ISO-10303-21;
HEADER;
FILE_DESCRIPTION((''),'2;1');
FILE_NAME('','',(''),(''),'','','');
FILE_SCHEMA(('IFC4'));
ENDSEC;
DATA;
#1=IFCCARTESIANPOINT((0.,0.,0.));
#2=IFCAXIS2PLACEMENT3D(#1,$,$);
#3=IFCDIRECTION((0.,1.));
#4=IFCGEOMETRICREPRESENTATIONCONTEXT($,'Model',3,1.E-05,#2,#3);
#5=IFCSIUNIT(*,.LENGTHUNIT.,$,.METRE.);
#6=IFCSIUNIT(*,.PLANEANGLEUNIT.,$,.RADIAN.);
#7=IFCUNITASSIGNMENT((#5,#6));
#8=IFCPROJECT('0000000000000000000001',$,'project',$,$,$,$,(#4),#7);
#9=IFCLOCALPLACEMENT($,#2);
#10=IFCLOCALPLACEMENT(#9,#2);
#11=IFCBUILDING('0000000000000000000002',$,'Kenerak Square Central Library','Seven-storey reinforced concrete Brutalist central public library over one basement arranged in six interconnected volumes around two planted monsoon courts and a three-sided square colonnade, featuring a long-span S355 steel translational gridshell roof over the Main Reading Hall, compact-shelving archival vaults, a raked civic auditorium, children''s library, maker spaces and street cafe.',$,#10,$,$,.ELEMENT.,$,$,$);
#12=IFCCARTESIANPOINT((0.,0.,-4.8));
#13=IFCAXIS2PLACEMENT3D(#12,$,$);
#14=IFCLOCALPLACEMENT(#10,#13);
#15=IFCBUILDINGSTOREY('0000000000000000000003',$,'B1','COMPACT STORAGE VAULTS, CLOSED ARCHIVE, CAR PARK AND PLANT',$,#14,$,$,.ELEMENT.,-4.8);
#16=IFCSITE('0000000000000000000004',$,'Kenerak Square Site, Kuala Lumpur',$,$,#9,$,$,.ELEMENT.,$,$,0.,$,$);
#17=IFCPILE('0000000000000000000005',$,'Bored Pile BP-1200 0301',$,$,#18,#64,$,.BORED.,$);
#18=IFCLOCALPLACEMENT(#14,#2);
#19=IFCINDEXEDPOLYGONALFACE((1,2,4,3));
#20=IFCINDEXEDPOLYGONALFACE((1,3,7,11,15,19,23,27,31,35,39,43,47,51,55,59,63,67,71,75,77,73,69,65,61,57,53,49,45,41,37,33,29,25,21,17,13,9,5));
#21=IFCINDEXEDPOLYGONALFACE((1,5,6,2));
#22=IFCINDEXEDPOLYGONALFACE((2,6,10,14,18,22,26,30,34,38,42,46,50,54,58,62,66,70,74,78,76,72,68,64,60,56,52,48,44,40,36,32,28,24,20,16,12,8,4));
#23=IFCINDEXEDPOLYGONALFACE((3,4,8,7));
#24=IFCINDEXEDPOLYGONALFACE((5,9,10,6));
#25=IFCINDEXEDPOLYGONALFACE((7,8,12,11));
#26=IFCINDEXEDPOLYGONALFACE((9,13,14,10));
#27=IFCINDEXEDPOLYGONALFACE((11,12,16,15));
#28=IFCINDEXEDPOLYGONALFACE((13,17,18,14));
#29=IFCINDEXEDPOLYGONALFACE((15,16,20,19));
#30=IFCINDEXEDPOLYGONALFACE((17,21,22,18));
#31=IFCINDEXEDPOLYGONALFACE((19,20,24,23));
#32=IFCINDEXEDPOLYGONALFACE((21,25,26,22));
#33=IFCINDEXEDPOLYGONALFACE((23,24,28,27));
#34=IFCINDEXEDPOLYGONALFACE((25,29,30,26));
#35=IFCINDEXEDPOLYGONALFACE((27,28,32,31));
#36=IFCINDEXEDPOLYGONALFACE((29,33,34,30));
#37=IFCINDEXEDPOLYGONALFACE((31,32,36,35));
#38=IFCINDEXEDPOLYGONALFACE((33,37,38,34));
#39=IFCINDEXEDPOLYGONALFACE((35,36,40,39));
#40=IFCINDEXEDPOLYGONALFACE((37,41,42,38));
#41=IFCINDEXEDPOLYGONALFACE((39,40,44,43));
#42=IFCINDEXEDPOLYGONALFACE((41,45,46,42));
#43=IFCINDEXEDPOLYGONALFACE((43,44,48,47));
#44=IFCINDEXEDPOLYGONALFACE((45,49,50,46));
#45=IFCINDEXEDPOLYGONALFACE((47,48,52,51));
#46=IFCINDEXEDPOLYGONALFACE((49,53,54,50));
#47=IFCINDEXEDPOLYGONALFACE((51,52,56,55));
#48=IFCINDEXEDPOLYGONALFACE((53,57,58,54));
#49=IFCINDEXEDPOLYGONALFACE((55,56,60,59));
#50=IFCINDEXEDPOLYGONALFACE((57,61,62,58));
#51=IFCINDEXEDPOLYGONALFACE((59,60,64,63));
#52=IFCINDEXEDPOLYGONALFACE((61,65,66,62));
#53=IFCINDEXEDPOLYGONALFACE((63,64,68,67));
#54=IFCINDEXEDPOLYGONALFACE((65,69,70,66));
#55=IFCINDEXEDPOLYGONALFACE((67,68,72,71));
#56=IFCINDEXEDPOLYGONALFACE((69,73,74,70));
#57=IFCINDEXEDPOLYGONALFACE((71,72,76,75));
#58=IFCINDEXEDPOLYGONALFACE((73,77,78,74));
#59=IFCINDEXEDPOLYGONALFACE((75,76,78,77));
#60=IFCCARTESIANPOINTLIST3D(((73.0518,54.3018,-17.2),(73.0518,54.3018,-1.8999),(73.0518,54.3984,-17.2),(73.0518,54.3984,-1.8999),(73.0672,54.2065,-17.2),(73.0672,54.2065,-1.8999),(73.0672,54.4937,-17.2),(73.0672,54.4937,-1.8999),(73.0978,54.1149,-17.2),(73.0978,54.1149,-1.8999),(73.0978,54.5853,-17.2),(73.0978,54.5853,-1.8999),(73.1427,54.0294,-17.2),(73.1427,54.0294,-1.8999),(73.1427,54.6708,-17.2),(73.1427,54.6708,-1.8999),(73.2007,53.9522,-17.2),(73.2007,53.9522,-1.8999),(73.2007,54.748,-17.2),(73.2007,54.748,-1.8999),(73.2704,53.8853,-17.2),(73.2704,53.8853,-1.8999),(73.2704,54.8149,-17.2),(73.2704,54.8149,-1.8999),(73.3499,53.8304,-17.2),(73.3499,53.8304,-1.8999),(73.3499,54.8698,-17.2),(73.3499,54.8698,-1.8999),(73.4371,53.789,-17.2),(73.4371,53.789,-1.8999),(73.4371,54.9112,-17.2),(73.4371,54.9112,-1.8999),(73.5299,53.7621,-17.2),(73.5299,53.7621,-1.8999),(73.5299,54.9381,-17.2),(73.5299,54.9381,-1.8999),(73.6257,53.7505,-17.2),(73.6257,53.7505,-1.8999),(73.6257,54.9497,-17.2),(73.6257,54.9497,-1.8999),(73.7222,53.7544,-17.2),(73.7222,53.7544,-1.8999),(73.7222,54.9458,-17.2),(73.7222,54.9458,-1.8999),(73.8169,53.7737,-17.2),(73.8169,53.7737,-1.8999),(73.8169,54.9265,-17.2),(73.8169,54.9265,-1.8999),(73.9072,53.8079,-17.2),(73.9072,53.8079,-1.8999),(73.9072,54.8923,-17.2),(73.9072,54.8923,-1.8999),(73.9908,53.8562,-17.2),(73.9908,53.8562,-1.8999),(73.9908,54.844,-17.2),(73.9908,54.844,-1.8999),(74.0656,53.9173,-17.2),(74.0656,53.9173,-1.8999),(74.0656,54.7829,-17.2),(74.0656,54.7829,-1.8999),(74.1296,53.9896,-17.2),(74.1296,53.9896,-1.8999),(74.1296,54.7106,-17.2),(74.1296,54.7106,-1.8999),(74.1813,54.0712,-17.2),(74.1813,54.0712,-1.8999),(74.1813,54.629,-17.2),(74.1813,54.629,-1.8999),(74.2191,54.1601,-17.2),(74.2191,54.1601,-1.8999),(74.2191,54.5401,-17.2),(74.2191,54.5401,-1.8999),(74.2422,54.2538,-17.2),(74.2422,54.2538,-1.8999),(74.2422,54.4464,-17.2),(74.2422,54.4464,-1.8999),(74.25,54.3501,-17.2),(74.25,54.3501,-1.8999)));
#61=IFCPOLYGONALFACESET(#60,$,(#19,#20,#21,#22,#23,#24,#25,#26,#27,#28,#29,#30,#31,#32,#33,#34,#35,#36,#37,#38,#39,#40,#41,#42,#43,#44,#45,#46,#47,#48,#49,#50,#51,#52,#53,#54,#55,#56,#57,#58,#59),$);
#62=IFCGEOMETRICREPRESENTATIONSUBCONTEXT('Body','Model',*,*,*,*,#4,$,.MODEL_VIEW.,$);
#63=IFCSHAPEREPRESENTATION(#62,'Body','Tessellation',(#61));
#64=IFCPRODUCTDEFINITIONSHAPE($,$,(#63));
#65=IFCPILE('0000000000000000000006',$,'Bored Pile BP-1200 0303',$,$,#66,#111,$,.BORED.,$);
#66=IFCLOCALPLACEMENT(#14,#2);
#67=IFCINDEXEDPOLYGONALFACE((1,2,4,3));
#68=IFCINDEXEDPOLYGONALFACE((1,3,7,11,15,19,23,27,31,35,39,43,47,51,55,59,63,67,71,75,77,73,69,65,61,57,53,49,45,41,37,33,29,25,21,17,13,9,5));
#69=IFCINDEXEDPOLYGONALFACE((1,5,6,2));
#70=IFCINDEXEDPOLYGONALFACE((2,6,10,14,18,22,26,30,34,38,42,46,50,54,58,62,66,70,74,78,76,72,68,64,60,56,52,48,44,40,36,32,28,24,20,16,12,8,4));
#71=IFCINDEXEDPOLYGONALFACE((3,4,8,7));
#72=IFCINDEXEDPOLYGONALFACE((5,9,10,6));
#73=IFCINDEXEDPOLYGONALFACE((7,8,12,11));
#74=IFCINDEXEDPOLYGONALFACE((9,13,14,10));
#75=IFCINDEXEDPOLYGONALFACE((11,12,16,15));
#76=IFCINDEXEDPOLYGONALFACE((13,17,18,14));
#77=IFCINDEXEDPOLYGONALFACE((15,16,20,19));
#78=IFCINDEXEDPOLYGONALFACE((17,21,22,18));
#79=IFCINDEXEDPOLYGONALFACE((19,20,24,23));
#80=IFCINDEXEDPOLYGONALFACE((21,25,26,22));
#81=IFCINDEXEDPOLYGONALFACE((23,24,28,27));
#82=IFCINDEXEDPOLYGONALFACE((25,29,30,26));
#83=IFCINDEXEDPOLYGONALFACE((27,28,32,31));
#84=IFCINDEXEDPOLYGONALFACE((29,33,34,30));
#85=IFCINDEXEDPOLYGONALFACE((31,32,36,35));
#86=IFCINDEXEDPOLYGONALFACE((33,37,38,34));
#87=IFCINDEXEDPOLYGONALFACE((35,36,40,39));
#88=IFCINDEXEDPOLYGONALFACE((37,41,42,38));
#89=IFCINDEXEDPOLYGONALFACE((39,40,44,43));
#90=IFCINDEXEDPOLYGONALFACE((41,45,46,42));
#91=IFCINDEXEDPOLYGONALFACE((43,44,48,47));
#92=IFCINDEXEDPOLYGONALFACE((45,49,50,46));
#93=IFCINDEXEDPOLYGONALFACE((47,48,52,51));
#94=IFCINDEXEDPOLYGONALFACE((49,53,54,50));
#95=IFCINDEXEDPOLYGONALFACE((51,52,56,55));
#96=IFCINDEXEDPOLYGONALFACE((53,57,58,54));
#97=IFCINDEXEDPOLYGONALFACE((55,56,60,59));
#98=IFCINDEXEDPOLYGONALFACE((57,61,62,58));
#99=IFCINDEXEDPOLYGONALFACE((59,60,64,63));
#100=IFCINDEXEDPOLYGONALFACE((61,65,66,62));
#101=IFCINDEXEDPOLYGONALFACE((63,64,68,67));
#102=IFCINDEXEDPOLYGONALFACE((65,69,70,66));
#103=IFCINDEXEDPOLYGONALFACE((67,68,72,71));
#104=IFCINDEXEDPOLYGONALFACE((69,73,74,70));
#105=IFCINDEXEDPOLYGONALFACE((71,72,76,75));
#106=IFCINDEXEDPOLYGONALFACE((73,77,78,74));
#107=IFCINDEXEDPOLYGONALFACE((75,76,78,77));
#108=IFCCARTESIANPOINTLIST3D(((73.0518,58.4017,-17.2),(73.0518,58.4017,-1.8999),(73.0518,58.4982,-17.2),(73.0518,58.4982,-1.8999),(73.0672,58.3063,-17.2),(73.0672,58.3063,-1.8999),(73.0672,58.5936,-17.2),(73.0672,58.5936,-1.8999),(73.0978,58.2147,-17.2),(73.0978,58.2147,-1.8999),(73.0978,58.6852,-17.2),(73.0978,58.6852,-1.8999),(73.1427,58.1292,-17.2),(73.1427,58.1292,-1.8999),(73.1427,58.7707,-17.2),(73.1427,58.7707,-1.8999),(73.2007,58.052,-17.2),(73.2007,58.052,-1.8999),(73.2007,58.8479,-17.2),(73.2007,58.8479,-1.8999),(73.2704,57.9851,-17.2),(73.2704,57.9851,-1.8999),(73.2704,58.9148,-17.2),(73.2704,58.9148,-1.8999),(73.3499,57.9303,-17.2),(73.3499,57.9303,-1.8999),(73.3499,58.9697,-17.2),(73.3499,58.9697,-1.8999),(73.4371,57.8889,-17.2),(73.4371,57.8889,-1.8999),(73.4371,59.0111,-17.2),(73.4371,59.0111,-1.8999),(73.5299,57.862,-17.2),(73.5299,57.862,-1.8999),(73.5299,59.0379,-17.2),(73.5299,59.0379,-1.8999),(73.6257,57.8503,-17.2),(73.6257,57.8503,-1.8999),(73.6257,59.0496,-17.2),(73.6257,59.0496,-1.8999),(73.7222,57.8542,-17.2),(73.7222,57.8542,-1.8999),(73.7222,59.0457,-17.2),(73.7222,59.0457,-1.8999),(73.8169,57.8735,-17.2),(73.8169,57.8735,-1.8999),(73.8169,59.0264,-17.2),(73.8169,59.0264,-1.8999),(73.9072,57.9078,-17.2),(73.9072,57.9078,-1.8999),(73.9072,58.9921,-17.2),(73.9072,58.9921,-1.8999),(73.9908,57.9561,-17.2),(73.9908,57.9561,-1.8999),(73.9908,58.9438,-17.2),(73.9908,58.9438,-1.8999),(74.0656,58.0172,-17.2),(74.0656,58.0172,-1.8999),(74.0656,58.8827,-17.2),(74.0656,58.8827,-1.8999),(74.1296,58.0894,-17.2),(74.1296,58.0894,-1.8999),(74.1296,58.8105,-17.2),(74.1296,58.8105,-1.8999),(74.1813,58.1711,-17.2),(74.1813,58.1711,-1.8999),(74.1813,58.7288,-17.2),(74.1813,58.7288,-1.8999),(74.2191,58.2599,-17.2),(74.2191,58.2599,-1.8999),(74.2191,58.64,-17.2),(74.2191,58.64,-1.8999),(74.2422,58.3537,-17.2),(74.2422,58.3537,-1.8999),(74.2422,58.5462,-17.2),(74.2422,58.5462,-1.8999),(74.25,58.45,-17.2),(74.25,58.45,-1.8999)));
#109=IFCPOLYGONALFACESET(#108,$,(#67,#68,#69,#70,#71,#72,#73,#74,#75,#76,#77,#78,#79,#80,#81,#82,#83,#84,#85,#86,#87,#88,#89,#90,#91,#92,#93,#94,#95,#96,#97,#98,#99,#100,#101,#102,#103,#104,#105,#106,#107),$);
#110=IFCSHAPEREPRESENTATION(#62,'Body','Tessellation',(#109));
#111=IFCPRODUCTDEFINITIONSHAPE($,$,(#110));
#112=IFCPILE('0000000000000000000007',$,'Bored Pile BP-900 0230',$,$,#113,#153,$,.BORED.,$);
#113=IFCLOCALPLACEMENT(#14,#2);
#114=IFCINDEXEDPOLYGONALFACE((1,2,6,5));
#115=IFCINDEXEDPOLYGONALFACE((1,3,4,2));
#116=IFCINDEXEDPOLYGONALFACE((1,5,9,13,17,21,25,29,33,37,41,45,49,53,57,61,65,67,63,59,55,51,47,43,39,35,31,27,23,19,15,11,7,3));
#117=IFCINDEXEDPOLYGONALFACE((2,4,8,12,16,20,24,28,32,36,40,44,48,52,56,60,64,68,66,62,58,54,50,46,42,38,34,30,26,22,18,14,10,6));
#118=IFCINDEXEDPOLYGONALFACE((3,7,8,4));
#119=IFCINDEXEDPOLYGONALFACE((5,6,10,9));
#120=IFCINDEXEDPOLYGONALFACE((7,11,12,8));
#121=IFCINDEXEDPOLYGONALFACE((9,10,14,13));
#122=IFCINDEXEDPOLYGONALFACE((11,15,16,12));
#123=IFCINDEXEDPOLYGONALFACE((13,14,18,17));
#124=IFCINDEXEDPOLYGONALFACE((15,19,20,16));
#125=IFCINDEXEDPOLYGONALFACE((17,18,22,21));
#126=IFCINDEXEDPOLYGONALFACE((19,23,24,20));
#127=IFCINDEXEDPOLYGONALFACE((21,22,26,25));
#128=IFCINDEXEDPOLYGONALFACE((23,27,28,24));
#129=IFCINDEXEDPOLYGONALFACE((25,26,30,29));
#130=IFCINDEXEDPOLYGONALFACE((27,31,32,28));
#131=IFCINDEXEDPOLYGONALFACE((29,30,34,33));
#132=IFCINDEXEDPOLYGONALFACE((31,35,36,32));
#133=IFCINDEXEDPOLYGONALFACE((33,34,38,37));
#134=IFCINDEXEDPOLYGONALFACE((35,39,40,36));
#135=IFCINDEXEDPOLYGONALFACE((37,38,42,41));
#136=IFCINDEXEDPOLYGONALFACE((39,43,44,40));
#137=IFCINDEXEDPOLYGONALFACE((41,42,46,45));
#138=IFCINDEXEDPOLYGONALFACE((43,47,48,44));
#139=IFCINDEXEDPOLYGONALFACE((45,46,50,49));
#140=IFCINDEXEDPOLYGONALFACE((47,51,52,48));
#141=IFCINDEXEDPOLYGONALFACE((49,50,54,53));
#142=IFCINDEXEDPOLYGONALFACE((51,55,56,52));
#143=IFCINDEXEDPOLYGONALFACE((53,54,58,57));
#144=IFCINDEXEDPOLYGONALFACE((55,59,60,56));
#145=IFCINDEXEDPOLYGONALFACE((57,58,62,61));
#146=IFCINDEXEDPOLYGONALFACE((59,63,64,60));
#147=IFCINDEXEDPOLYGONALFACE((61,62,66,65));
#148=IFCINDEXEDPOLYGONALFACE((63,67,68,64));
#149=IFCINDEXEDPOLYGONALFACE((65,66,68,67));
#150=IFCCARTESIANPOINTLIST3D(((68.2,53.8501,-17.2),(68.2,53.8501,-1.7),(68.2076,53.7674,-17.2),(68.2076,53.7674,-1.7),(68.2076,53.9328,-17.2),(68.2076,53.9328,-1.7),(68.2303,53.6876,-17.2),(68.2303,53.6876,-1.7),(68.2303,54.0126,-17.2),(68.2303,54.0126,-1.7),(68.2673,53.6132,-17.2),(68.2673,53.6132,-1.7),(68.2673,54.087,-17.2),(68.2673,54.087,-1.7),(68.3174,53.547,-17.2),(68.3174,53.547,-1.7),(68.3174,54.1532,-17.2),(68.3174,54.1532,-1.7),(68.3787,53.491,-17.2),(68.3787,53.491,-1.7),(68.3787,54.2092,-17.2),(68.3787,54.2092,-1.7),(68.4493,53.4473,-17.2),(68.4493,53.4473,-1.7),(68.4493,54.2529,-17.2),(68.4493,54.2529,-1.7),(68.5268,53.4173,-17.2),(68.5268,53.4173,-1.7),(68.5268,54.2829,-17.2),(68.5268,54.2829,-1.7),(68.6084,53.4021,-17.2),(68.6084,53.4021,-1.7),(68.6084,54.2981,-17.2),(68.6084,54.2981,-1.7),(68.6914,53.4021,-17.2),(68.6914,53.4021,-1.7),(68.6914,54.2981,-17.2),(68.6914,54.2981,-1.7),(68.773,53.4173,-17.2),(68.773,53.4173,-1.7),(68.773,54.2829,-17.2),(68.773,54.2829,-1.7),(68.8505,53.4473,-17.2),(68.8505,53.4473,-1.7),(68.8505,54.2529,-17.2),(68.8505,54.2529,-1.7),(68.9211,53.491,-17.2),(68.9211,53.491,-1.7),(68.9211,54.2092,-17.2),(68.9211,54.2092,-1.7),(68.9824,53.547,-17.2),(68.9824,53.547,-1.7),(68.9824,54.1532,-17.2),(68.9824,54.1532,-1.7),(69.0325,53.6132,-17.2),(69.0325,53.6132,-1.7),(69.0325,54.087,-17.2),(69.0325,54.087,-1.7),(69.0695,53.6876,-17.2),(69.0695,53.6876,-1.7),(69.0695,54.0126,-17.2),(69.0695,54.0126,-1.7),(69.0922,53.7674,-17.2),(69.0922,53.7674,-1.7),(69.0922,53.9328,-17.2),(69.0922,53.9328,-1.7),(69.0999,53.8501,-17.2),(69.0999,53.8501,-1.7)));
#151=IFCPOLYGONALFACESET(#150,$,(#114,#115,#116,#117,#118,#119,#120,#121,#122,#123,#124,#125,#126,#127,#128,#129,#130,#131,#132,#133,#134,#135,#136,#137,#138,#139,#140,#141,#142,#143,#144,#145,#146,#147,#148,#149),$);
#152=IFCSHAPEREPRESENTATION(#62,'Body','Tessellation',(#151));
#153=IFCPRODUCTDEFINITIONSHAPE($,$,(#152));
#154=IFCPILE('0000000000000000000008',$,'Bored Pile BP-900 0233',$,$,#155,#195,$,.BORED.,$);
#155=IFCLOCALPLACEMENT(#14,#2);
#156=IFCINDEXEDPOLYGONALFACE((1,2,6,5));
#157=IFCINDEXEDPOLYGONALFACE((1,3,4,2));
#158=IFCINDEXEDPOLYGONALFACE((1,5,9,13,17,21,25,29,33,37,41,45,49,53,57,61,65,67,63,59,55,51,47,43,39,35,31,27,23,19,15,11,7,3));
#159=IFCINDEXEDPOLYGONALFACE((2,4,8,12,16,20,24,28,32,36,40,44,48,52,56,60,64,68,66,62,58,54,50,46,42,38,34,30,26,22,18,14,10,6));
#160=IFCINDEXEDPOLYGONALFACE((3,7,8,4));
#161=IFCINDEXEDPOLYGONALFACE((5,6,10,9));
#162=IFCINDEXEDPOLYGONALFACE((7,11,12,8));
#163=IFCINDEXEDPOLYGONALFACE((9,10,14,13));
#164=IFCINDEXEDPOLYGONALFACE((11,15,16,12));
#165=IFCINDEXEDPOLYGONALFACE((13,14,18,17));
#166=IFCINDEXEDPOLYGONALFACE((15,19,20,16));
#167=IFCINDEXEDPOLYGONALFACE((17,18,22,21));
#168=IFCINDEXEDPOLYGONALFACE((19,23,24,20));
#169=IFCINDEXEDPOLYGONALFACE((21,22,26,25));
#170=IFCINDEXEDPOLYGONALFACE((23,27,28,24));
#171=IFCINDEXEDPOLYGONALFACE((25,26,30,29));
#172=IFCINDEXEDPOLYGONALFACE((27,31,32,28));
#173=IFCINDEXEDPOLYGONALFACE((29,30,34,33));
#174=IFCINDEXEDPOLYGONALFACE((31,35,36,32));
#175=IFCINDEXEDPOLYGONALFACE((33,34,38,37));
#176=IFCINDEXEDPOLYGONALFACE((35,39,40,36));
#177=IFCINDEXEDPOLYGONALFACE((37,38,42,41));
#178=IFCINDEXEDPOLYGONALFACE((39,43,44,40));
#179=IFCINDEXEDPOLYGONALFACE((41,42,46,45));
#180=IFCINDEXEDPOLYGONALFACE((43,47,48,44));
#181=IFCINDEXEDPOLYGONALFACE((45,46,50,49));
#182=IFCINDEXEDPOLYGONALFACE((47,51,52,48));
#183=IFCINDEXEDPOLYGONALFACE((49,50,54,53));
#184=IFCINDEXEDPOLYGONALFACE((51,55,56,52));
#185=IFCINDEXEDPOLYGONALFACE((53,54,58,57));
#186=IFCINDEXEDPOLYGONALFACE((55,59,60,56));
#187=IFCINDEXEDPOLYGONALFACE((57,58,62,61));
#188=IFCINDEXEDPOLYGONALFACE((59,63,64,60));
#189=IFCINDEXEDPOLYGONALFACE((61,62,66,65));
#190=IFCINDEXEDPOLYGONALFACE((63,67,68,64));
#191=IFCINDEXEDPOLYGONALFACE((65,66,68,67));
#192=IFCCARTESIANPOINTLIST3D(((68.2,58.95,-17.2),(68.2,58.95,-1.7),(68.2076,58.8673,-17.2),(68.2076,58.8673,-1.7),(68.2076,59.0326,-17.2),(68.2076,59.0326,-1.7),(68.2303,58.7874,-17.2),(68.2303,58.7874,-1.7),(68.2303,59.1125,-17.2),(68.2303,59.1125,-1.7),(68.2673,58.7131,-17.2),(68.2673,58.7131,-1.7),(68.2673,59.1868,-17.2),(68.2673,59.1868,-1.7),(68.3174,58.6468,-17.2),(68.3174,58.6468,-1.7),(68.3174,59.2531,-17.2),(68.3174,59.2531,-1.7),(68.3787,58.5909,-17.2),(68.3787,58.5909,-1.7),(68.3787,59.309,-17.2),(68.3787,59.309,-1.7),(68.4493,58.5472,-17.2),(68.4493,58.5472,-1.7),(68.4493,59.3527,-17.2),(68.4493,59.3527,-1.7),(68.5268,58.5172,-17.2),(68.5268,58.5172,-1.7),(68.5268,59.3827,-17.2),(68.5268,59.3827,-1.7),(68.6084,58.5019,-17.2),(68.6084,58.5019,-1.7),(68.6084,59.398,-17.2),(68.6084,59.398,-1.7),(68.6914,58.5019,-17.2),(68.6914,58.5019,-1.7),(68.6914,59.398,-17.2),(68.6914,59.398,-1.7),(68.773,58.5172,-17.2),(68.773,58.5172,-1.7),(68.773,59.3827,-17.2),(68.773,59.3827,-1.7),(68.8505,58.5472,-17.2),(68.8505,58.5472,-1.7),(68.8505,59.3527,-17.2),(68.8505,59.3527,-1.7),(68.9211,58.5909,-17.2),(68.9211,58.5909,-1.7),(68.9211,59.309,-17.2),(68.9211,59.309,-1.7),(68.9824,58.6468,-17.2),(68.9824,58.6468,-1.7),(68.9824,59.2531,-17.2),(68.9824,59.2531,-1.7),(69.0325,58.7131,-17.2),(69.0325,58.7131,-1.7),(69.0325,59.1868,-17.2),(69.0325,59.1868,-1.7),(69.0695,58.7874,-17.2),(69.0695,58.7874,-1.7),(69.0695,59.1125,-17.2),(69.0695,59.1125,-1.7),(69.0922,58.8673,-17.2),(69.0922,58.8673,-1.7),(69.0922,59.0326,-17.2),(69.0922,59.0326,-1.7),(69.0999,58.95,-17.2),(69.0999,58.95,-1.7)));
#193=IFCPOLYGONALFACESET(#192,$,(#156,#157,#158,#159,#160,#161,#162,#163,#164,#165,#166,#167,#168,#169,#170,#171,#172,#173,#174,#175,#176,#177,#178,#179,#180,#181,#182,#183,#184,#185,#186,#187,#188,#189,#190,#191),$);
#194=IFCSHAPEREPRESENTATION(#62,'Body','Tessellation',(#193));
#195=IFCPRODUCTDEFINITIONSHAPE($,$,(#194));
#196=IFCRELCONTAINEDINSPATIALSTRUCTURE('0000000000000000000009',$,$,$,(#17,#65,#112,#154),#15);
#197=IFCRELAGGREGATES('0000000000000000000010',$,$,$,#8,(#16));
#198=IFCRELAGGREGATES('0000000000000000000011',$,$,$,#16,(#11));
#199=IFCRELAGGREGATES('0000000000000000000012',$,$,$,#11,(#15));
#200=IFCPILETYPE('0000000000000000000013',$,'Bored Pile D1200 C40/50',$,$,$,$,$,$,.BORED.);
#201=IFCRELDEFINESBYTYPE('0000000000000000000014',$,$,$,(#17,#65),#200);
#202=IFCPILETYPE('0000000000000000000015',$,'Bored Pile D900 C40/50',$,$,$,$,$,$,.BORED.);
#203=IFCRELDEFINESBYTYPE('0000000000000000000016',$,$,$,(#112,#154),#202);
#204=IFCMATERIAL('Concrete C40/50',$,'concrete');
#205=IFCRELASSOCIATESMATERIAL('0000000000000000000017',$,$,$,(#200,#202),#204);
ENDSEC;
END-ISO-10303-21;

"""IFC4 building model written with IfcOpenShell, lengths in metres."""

from ifc_helpers import new_model, si_unit, direction, frame, origin, origin_2d, place, context, subcontext, project, spatial, circle, extrude, material, material_profile, profile_set, type_object, element, save


model = new_model("IFC4")

# Units and contexts
model_context = context("Model", 3, precision=1e-05, world=origin(), true_north=direction((0.0, 1.0)))
body_context = subcontext(model_context, "Body", "Model", "MODEL_VIEW")
ifc_project = project(units=[si_unit("LENGTHUNIT", "METRE"), si_unit("PLANEANGLEUNIT", "RADIAN")], contexts=[model_context])

# Site, building, storey
site_placement = place(None, origin())
site = spatial("IfcSite", under=ifc_project, at=site_placement, Name="Kenerak Square Site, Kuala Lumpur", CompositionType="ELEMENT", RefElevation=0.0)
building_placement = place(site_placement, origin())
building = spatial("IfcBuilding", under=site, at=building_placement, Name="Kenerak Square Central Library", Description="Seven-storey reinforced concrete Brutalist central public library over one basement arranged in six interconnected volumes around two planted monsoon courts and a three-sided square colonnade, featuring a long-span S355 steel translational gridshell roof over the Main Reading Hall, compact-shelving archival vaults, a raked civic auditorium, children's library, maker spaces and street cafe.", CompositionType="ELEMENT")
storey_placement = place(building_placement, frame((0.0, 0.0, -4.8)))
storey = spatial("IfcBuildingStorey", under=building, at=storey_placement, Name="B1", Description="COMPACT STORAGE VAULTS, CLOSED ARCHIVE, CAR PARK AND PLANT", CompositionType="ELEMENT", Elevation=-4.8)

# Piles
ifc_material_1 = material(Name="Concrete C40/50", Category="concrete")
ifc_material_profile_1 = material_profile(ifc_material_1, circle(Radius=0.6001, at=origin_2d()), Name="BP D1200")
ifc_profile_set_1 = profile_set([ifc_material_profile_1], Name="Concrete C40/50")
pile_type_1 = type_object("IfcPileType", Name="Bored Pile D1200 C40/50", PredefinedType="BORED", material=ifc_profile_set_1)
for number, where, z_axis, x_axis, name in (
    (1, (73.6499, 54.3501, -1.8999), (0.0, 0.0, -1.0), (1.0, 0.0, 0.0), "Bored Pile BP-1200 0301"),
    (2, (73.6499, 58.45, -1.8999), (0.0, 0.0, -1.0), (1.0, 0.0, 0.0), "Bored Pile BP-1200 0303"),
):
    element("IfcPile", number, at=place(storey_placement, frame(where, z_axis=z_axis, x_axis=x_axis)), inside=storey, type_object=pile_type_1, Name=name, PredefinedType="BORED", context=body_context, shape_type="SweptSolid", body=[
        extrude(circle(Radius=0.6001, at=origin_2d()), origin(), (0.0, 0.0, 1.0), 15.3),
    ])
ifc_material_profile_2 = material_profile(ifc_material_1, circle(Radius=0.45, at=origin_2d()), Name="BP D900")
ifc_profile_set_2 = profile_set([ifc_material_profile_2], Name="Concrete C40/50")
pile_type_2 = type_object("IfcPileType", Name="Bored Pile D900 C40/50", PredefinedType="BORED", material=ifc_profile_set_2)
for number, where, z_axis, x_axis, name in (
    (3, (68.6499, 53.8501, -1.7), (0.0, 0.0, -1.0), (1.0, 0.0, 0.0), "Bored Pile BP-900 0230"),
    (4, (68.6499, 58.95, -1.7), (0.0, 0.0, -1.0), (1.0, 0.0, 0.0), "Bored Pile BP-900 0233"),
):
    element("IfcPile", number, at=place(storey_placement, frame(where, z_axis=z_axis, x_axis=x_axis)), inside=storey, type_object=pile_type_2, Name=name, PredefinedType="BORED", context=body_context, shape_type="SweptSolid", body=[
        extrude(circle(Radius=0.45, at=origin_2d()), origin(), (0.0, 0.0, 1.0), 15.5),
    ])

save(model, "model.ifc")
